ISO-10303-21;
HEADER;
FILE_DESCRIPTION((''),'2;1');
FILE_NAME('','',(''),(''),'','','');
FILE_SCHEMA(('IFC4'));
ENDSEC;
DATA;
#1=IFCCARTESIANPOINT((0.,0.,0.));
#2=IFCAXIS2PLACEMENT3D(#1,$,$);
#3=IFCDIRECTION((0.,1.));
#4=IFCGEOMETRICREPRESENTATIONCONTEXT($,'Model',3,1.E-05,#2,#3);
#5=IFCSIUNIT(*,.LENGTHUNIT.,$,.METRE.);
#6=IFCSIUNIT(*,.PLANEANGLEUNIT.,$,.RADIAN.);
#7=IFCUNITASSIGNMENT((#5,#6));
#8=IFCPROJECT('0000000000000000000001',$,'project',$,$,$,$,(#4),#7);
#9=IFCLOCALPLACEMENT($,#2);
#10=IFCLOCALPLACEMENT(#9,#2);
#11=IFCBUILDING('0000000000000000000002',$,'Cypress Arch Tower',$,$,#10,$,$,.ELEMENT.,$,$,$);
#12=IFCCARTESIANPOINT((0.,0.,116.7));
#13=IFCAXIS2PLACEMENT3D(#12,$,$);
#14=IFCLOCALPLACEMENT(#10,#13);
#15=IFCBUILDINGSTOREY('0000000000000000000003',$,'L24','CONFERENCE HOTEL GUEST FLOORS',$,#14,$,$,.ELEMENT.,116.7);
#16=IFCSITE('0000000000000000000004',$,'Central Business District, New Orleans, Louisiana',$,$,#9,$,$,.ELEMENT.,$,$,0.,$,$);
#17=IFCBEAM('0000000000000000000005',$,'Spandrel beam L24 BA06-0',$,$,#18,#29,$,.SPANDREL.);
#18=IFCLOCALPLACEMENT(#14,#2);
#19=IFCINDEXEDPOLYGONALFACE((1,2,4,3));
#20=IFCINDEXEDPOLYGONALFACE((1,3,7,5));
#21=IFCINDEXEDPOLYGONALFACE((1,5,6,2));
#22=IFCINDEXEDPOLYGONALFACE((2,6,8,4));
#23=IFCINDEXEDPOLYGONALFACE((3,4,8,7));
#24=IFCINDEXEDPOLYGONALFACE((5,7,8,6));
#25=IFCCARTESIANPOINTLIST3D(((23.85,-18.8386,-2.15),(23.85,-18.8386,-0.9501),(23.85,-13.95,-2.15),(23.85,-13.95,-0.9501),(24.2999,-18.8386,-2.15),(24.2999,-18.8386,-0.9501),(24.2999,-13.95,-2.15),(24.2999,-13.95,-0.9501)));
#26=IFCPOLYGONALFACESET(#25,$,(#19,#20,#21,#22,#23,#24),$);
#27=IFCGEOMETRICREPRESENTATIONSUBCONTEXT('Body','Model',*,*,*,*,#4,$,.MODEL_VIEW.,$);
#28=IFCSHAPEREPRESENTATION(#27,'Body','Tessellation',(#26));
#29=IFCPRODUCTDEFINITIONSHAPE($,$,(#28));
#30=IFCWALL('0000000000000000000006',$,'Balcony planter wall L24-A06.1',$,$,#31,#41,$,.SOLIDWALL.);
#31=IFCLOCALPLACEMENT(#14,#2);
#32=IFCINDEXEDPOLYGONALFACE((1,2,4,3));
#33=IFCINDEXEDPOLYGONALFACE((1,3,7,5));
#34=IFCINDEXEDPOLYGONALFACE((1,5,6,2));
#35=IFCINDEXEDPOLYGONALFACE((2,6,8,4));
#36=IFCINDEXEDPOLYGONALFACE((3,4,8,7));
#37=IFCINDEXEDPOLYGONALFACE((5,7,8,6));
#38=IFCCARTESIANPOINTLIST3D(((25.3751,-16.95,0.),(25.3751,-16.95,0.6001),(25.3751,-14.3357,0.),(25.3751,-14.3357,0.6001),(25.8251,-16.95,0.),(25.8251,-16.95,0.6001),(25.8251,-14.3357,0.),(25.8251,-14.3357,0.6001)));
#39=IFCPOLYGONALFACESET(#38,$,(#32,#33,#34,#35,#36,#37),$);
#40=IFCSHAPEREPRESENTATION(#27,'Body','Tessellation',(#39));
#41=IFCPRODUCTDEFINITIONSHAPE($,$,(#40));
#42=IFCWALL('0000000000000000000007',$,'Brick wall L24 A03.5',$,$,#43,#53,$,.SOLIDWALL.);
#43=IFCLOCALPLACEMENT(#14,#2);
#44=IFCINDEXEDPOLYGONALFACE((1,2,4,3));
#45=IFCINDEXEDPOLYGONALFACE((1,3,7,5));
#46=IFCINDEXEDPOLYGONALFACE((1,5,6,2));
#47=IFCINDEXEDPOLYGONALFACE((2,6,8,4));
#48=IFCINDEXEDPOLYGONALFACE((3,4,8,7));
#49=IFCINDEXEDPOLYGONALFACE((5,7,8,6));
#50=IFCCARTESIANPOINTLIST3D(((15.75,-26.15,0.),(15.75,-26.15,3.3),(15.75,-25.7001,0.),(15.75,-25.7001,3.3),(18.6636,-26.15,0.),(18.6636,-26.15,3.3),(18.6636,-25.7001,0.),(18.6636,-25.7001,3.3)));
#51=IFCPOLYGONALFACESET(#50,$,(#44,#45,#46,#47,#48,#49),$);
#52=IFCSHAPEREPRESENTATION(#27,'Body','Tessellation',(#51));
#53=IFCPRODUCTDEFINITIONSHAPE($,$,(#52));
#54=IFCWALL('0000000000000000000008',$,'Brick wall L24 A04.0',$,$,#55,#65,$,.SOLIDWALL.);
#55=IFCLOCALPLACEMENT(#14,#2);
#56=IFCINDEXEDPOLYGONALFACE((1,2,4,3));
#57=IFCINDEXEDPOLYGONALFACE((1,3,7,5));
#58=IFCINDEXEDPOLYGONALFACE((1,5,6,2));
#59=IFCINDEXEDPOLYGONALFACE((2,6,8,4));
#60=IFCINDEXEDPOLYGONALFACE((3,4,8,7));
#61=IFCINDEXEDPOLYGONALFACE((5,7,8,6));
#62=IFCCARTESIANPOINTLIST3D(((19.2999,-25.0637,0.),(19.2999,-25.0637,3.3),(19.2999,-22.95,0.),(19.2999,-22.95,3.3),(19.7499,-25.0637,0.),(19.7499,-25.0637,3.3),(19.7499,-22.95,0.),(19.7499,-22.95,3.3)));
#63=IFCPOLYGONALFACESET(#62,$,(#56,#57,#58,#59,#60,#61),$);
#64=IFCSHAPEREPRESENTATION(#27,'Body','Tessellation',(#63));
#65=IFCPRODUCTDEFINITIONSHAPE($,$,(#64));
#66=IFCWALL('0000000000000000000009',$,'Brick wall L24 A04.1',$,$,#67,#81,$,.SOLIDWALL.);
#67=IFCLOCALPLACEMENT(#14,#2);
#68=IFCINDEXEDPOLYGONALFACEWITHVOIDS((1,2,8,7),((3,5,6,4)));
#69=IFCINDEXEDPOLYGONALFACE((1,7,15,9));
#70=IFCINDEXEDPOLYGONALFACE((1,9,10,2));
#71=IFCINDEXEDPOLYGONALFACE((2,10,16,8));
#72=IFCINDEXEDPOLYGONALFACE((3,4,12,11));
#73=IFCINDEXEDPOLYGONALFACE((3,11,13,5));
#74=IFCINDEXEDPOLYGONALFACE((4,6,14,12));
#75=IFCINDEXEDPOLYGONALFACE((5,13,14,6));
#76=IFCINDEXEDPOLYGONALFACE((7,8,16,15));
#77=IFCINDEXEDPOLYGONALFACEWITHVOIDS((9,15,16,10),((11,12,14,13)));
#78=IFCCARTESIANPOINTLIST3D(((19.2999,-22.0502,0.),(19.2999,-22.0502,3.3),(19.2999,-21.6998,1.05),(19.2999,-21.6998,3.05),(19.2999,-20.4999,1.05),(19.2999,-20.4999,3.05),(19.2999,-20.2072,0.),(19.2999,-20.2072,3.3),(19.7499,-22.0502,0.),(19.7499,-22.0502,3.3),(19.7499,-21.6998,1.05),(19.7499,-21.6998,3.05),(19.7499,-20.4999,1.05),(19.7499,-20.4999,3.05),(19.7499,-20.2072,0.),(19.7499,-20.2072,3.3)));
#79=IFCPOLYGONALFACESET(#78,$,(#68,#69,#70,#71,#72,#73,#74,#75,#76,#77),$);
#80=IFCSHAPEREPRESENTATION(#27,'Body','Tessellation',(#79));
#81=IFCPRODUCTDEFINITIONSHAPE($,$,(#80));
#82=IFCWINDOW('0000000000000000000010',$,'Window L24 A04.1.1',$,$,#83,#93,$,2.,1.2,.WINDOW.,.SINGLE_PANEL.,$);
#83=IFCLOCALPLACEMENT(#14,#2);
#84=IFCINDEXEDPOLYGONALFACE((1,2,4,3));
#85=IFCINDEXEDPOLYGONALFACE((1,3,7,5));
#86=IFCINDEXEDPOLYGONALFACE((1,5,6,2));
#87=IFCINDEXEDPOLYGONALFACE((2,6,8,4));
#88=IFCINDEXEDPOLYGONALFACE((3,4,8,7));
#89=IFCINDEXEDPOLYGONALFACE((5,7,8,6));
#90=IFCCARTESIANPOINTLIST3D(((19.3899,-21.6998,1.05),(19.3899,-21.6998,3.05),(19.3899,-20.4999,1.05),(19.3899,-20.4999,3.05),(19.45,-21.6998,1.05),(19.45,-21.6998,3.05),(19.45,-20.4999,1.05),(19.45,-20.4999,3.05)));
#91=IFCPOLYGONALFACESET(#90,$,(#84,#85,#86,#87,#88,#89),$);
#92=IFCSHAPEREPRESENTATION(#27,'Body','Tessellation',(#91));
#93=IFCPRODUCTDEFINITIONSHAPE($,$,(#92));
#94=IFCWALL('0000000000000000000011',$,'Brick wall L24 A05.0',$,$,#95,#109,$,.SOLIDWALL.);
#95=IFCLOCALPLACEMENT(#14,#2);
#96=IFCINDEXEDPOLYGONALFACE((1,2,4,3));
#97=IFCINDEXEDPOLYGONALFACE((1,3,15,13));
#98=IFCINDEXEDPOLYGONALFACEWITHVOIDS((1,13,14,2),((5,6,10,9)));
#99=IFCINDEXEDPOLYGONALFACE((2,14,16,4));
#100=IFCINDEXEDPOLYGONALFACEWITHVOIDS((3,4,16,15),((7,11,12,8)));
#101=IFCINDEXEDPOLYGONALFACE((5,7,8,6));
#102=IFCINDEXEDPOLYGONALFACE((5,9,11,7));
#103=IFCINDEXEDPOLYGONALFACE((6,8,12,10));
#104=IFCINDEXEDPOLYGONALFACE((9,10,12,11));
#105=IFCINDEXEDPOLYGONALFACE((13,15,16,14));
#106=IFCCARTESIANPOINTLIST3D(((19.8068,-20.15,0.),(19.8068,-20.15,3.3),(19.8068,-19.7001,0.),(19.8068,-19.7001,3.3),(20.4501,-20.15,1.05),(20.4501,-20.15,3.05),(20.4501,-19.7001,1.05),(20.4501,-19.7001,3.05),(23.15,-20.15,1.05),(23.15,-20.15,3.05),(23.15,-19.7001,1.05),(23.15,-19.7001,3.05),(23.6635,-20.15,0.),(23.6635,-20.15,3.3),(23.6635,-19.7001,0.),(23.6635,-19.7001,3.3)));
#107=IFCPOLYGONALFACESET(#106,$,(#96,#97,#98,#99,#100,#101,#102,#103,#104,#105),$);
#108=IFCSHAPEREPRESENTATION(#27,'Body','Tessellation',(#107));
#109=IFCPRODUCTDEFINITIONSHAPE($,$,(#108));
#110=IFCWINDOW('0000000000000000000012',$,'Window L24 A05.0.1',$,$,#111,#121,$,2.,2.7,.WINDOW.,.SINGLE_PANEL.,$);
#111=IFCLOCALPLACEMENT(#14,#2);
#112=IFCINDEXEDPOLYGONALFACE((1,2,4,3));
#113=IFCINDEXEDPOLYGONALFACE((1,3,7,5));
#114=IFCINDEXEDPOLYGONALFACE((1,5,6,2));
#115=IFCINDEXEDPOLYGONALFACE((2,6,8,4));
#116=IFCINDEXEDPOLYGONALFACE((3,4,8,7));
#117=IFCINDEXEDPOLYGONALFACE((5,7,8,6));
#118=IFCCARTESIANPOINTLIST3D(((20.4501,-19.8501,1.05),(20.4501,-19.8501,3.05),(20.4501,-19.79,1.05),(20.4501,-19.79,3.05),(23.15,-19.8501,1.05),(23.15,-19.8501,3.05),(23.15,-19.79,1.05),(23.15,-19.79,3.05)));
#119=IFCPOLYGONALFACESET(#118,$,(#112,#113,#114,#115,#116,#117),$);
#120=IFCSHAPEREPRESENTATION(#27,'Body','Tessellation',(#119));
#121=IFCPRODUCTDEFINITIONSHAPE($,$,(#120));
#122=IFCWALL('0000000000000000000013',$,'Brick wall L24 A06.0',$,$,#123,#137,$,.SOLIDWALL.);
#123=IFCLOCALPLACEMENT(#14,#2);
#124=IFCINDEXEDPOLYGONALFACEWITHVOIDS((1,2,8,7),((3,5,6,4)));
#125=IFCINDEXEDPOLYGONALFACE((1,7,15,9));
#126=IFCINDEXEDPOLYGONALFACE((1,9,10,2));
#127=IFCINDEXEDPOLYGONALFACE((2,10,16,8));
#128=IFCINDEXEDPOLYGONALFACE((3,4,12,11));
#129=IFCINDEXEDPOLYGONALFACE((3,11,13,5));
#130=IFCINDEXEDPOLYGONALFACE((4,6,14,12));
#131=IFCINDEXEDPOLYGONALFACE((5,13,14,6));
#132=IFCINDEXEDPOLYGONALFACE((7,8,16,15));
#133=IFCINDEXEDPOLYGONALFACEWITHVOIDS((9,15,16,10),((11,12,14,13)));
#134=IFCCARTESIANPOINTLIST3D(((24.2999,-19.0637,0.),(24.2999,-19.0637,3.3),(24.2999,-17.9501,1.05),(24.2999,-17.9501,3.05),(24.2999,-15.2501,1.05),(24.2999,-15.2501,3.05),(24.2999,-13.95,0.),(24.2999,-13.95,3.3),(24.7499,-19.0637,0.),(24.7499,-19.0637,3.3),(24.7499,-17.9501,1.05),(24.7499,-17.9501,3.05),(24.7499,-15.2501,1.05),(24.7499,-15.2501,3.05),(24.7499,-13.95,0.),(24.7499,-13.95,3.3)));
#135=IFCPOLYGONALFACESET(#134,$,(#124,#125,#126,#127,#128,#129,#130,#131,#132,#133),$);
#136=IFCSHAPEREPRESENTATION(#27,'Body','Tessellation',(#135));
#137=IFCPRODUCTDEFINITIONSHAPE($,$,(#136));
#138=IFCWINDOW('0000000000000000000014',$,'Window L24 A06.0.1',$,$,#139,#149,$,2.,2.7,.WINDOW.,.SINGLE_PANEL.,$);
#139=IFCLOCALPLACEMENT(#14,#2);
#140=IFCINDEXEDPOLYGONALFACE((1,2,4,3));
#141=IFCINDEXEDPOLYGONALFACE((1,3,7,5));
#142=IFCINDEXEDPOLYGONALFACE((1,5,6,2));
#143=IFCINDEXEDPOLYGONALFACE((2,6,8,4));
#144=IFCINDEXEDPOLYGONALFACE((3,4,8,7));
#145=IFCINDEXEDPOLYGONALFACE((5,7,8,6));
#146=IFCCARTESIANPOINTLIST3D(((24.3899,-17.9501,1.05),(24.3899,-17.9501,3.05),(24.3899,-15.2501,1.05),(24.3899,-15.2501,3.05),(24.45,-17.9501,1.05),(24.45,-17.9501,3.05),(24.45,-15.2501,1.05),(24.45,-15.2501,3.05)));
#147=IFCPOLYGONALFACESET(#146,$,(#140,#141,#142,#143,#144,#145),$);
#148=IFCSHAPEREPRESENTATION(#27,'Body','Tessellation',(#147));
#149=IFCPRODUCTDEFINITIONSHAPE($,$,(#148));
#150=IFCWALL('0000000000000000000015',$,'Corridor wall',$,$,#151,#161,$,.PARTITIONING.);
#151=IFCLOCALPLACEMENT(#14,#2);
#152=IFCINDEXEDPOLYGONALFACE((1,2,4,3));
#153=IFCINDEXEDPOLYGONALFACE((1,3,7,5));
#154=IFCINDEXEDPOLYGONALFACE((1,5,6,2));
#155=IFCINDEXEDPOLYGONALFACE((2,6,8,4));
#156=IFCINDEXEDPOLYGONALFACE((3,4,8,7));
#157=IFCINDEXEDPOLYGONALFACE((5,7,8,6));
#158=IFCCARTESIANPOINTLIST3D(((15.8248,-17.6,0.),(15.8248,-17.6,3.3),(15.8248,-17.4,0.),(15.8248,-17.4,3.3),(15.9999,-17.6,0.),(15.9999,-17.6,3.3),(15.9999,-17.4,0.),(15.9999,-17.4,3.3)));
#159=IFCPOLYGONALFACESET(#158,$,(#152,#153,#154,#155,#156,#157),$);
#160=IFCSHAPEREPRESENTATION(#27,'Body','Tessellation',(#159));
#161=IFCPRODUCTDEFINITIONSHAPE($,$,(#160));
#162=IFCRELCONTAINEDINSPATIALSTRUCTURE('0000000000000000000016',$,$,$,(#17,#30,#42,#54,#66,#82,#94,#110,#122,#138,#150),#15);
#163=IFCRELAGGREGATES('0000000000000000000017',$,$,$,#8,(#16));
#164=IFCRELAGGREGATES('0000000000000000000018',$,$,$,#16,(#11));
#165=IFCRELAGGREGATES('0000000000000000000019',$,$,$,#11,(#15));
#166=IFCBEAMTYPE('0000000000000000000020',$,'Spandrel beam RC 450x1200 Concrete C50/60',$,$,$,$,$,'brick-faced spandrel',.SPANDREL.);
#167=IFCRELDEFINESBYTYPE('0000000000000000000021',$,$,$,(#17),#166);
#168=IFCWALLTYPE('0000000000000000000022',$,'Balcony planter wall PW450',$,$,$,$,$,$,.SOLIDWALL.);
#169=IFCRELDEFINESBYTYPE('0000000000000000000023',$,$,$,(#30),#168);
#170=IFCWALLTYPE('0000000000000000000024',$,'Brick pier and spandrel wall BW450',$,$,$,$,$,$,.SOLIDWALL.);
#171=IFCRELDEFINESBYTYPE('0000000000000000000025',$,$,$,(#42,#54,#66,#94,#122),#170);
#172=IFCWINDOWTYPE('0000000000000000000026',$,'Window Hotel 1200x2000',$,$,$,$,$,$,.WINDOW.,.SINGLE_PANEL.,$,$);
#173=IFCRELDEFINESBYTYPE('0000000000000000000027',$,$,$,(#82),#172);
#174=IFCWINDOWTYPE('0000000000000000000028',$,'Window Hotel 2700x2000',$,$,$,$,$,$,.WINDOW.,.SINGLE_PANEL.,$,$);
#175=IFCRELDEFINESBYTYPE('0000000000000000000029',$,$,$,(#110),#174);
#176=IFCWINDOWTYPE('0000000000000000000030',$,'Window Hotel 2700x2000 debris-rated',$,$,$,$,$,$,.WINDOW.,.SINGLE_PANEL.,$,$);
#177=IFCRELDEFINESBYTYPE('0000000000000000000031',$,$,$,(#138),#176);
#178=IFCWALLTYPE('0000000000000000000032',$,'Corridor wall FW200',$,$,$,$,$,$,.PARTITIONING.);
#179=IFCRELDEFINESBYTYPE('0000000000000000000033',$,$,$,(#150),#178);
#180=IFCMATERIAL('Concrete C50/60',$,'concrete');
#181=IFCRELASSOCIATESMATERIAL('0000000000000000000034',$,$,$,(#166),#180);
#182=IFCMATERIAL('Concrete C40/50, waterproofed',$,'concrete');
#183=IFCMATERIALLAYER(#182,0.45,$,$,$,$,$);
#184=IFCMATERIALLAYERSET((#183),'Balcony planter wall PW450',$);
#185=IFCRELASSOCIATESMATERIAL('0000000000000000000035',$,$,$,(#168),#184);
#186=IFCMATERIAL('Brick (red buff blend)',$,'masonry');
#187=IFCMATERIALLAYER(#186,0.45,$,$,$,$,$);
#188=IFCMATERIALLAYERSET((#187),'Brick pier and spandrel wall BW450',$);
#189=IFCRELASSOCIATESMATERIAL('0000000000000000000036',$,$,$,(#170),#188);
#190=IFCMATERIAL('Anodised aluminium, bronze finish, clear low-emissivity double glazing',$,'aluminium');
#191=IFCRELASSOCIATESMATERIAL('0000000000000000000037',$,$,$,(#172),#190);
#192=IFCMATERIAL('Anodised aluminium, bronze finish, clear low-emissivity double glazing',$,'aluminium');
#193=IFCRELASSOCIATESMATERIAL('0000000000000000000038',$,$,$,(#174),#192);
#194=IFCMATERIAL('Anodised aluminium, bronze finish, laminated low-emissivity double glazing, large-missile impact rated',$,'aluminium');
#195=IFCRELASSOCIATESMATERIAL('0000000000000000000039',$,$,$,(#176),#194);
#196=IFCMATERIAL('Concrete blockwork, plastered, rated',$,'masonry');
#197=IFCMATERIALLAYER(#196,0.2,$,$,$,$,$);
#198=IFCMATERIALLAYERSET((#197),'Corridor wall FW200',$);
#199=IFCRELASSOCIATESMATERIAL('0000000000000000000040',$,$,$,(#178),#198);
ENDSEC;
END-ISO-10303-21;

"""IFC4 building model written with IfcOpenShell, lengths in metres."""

from ifc_helpers import new_model, si_unit, direction, frame, frame_2d, origin, origin_2d, place, context, subcontext, project, spatial, rectangle, extrude, material, layer, layer_set, material_profile, profile_set, type_object, element, fill, save


model = new_model("IFC4")

# Units and contexts
model_context = context("Model", 3, precision=1e-05, world=origin(), true_north=direction((0.0, 1.0)))
body_context = subcontext(model_context, "Body", "Model", "MODEL_VIEW")
ifc_project = project(units=[si_unit("LENGTHUNIT", "METRE"), si_unit("PLANEANGLEUNIT", "RADIAN")], contexts=[model_context])

# Site, building, storey
site_placement = place(None, origin())
site = spatial("IfcSite", under=ifc_project, at=site_placement, Name="Central Business District, New Orleans, Louisiana", CompositionType="ELEMENT", RefElevation=0.0)
building_placement = place(site_placement, origin())
building = spatial("IfcBuilding", under=site, at=building_placement, Name="Cypress Arch Tower", CompositionType="ELEMENT")
storey_placement = place(building_placement, frame((0.0, 0.0, 116.7)))
storey = spatial("IfcBuildingStorey", under=building, at=storey_placement, Name="L24", Description="CONFERENCE HOTEL GUEST FLOORS", CompositionType="ELEMENT", Elevation=116.7)

# Beam
ifc_material_1 = material(Name="Concrete C50/60", Category="concrete")
ifc_material_profile_1 = material_profile(ifc_material_1, rectangle(XDim=0.45, YDim=1.2, at=origin_2d()), Name="RC 450x1200")
ifc_profile_set_1 = profile_set([ifc_material_profile_1], Name="Concrete C50/60")
beam_type = type_object("IfcBeamType", Name="Spandrel beam RC 450x1200 Concrete C50/60", ElementType="brick-faced spandrel", PredefinedType="SPANDREL", material=ifc_profile_set_1)
beam_1_placement = place(storey_placement, frame((24.075, -18.8386, -1.55), z_axis=(0.0, 1.0, 0.0), x_axis=(-1.0, 0.0, 0.0)))
element("IfcBeam", 1, at=beam_1_placement, inside=storey, type_object=beam_type, Name="Spandrel beam L24 BA06-0", PredefinedType="SPANDREL", context=body_context, shape_type="SweptSolid", body=[
    extrude(rectangle(XDim=0.45, YDim=1.2, at=origin_2d()), origin(), (0.0, 0.0, 1.0), 4.8887),
])

# Walls
ifc_material_2 = material(Name="Concrete C40/50, waterproofed", Category="concrete")
ifc_layer_1 = layer(ifc_material_2, 0.45)
ifc_layer_set_1 = layer_set([ifc_layer_1], Name="Balcony planter wall PW450")
wall_type_1 = type_object("IfcWallType", Name="Balcony planter wall PW450", PredefinedType="SOLIDWALL", material=ifc_layer_set_1)
wall_1_placement = place(storey_placement, frame((25.6001, -16.95, 0.0), z_axis=(0.0, 0.0, 1.0), x_axis=(0.0, 1.0, 0.0)))
element("IfcWall", 2, at=wall_1_placement, inside=storey, type_object=wall_type_1, Name="Balcony planter wall L24-A06.1", PredefinedType="SOLIDWALL", context=body_context, shape_type="SweptSolid", body=[
    extrude(rectangle(XDim=2.6143, YDim=0.45, at=frame_2d((1.3071, 0.0))), origin(), (0.0, 0.0, 1.0), 0.6001),
])
ifc_material_3 = material(Name="Brick (red buff blend)", Category="masonry")
ifc_layer_2 = layer(ifc_material_3, 0.45)
ifc_layer_set_2 = layer_set([ifc_layer_2], Name="Brick pier and spandrel wall BW450")
wall_type_2 = type_object("IfcWallType", Name="Brick pier and spandrel wall BW450", PredefinedType="SOLIDWALL", material=ifc_layer_set_2)
wall_2_placement = place(storey_placement, frame((15.75, -25.925, 0.0), z_axis=(0.0, 0.0, 1.0), x_axis=(1.0, 0.0, 0.0)))
element("IfcWall", 3, at=wall_2_placement, inside=storey, type_object=wall_type_2, Name="Brick wall L24 A03.5", PredefinedType="SOLIDWALL", context=body_context, shape_type="SweptSolid", body=[
    extrude(rectangle(XDim=2.9136, YDim=0.45, at=frame_2d((1.4568, 0.0))), origin(), (0.0, 0.0, 1.0), 3.3),
])
wall_3_placement = place(storey_placement, frame((19.5249, -25.0637, 0.0), z_axis=(0.0, 0.0, 1.0), x_axis=(0.0, 1.0, 0.0)))
element("IfcWall", 4, at=wall_3_placement, inside=storey, type_object=wall_type_2, Name="Brick wall L24 A04.0", PredefinedType="SOLIDWALL", context=body_context, shape_type="SweptSolid", body=[
    extrude(rectangle(XDim=2.1138, YDim=0.45, at=frame_2d((1.0569, 0.0))), origin(), (0.0, 0.0, 1.0), 3.3),
])

# Walls, openings, windows
wall_4_placement = place(storey_placement, frame((19.5249, -22.05, 0.0), z_axis=(0.0, 0.0, 1.0), x_axis=(0.0, 1.0, 0.0)))
wall_4 = element("IfcWall", 5, at=wall_4_placement, inside=storey, type_object=wall_type_2, Name="Brick wall L24 A04.1", PredefinedType="SOLIDWALL", context=body_context, shape_type="SweptSolid", body=[
    extrude(rectangle(XDim=1.843, YDim=0.45, at=frame_2d((0.9214, 0.0))), origin(), (0.0, 0.0, 1.0), 3.3),
])
opening_1_placement = place(wall_4_placement, frame((0.3501, 0.0, 1.05)))
opening_1 = element("IfcOpeningElement", 6, at=opening_1_placement, cuts=wall_4, PredefinedType="OPENING", context=body_context, shape_type="SweptSolid", body=[
    extrude(rectangle(XDim=1.2, YDim=2.0, at=frame_2d((0.6001, 1.0))), frame((0.0, 0.2349, 0.0), z_axis=(0.0, -1.0, 0.0), x_axis=(1.0, 0.0, 0.0)), (0.0, 0.0, 1.0), 0.47),
])
ifc_material_4 = material(Name="Anodised aluminium, bronze finish, clear low-emissivity double glazing", Category="aluminium")
window_type_1 = type_object("IfcWindowType", Name="Window Hotel 1200x2000", PartitioningType="SINGLE_PANEL", PredefinedType="WINDOW", material=ifc_material_4)
window_1_placement = place(opening_1_placement, origin())
window_1 = element("IfcWindow", 7, at=window_1_placement, inside=storey, type_object=window_type_1, Name="Window L24 A04.1.1", OverallHeight=2.0, OverallWidth=1.2, PartitioningType="SINGLE_PANEL", PredefinedType="WINDOW", context=body_context, shape_type="SweptSolid", body=[
    extrude(rectangle(XDim=1.2, YDim=2.0, at=frame_2d((0.6001, 1.0))), frame((0.0, 0.135, 0.0), z_axis=(0.0, -1.0, 0.0), x_axis=(1.0, 0.0, 0.0)), (0.0, 0.0, 1.0), 0.0601),
])
fill(opening_1, window_1)
wall_5_placement = place(storey_placement, frame((19.8069, -19.925, 0.0), z_axis=(0.0, 0.0, 1.0), x_axis=(1.0, 0.0, 0.0)))
wall_5 = element("IfcWall", 8, at=wall_5_placement, inside=storey, type_object=wall_type_2, Name="Brick wall L24 A05.0", PredefinedType="SOLIDWALL", context=body_context, shape_type="SweptSolid", body=[
    extrude(rectangle(XDim=3.8567, YDim=0.45, at=frame_2d((1.9282, 0.0))), origin(), (0.0, 0.0, 1.0), 3.3),
])
opening_2_placement = place(wall_5_placement, frame((0.6431, 0.0, 1.05)))
opening_2 = element("IfcOpeningElement", 9, at=opening_2_placement, cuts=wall_5, PredefinedType="OPENING", context=body_context, shape_type="SweptSolid", body=[
    extrude(rectangle(XDim=2.7, YDim=2.0, at=frame_2d((1.3501, 1.0))), frame((0.0, 0.2349, 0.0), z_axis=(0.0, -1.0, 0.0), x_axis=(1.0, 0.0, 0.0)), (0.0, 0.0, 1.0), 0.47),
])
ifc_material_5 = material(Name="Anodised aluminium, bronze finish, clear low-emissivity double glazing", Category="aluminium")
window_type_2 = type_object("IfcWindowType", Name="Window Hotel 2700x2000", PartitioningType="SINGLE_PANEL", PredefinedType="WINDOW", material=ifc_material_5)
window_2_placement = place(opening_2_placement, origin())
window_2 = element("IfcWindow", 10, at=window_2_placement, inside=storey, type_object=window_type_2, Name="Window L24 A05.0.1", OverallHeight=2.0, OverallWidth=2.7, PartitioningType="SINGLE_PANEL", PredefinedType="WINDOW", context=body_context, shape_type="SweptSolid", body=[
    extrude(rectangle(XDim=2.7, YDim=2.0, at=frame_2d((1.3501, 1.0))), frame((0.0, 0.135, 0.0), z_axis=(0.0, -1.0, 0.0), x_axis=(1.0, 0.0, 0.0)), (0.0, 0.0, 1.0), 0.0601),
])
fill(opening_2, window_2)
wall_6_placement = place(storey_placement, frame((24.5249, -19.0637, 0.0), z_axis=(0.0, 0.0, 1.0), x_axis=(0.0, 1.0, 0.0)))
wall_6 = element("IfcWall", 11, at=wall_6_placement, inside=storey, type_object=wall_type_2, Name="Brick wall L24 A06.0", PredefinedType="SOLIDWALL", context=body_context, shape_type="SweptSolid", body=[
    extrude(rectangle(XDim=5.1138, YDim=0.45, at=frame_2d((2.5569, 0.0))), origin(), (0.0, 0.0, 1.0), 3.3),
])
opening_3_placement = place(wall_6_placement, frame((1.1135, 0.0, 1.05)))
opening_3 = element("IfcOpeningElement", 12, at=opening_3_placement, cuts=wall_6, PredefinedType="OPENING", context=body_context, shape_type="SweptSolid", body=[
    extrude(rectangle(XDim=2.7, YDim=2.0, at=frame_2d((1.3501, 1.0))), frame((0.0, 0.2349, 0.0), z_axis=(0.0, -1.0, 0.0), x_axis=(1.0, 0.0, 0.0)), (0.0, 0.0, 1.0), 0.47),
])
ifc_material_6 = material(Name="Anodised aluminium, bronze finish, laminated low-emissivity double glazing, large-missile impact rated", Category="aluminium")
window_type_3 = type_object("IfcWindowType", Name="Window Hotel 2700x2000 debris-rated", PartitioningType="SINGLE_PANEL", PredefinedType="WINDOW", material=ifc_material_6)
window_3_placement = place(opening_3_placement, origin())
window_3 = element("IfcWindow", 13, at=window_3_placement, inside=storey, type_object=window_type_3, Name="Window L24 A06.0.1", OverallHeight=2.0, OverallWidth=2.7, PartitioningType="SINGLE_PANEL", PredefinedType="WINDOW", context=body_context, shape_type="SweptSolid", body=[
    extrude(rectangle(XDim=2.7, YDim=2.0, at=frame_2d((1.3501, 1.0))), frame((0.0, 0.135, 0.0), z_axis=(0.0, -1.0, 0.0), x_axis=(1.0, 0.0, 0.0)), (0.0, 0.0, 1.0), 0.0601),
])
fill(opening_3, window_3)

# Wall
ifc_material_7 = material(Name="Concrete blockwork, plastered, rated", Category="masonry")
ifc_layer_3 = layer(ifc_material_7, 0.2)
ifc_layer_set_3 = layer_set([ifc_layer_3], Name="Corridor wall FW200")
wall_type_3 = type_object("IfcWallType", Name="Corridor wall FW200", PredefinedType="PARTITIONING", material=ifc_layer_set_3)
wall_7_placement = place(storey_placement, frame((15.825, -17.5, 0.0), z_axis=(0.0, 0.0, 1.0), x_axis=(1.0, 0.0, 0.0)))
element("IfcWall", 14, at=wall_7_placement, inside=storey, type_object=wall_type_3, Name="Corridor wall", PredefinedType="PARTITIONING", context=body_context, shape_type="SweptSolid", body=[
    extrude(rectangle(XDim=0.175, YDim=0.2, at=frame_2d((0.0874, 0.0))), origin(), (0.0, 0.0, 1.0), 3.3),
])

save(model, "model.ifc")
